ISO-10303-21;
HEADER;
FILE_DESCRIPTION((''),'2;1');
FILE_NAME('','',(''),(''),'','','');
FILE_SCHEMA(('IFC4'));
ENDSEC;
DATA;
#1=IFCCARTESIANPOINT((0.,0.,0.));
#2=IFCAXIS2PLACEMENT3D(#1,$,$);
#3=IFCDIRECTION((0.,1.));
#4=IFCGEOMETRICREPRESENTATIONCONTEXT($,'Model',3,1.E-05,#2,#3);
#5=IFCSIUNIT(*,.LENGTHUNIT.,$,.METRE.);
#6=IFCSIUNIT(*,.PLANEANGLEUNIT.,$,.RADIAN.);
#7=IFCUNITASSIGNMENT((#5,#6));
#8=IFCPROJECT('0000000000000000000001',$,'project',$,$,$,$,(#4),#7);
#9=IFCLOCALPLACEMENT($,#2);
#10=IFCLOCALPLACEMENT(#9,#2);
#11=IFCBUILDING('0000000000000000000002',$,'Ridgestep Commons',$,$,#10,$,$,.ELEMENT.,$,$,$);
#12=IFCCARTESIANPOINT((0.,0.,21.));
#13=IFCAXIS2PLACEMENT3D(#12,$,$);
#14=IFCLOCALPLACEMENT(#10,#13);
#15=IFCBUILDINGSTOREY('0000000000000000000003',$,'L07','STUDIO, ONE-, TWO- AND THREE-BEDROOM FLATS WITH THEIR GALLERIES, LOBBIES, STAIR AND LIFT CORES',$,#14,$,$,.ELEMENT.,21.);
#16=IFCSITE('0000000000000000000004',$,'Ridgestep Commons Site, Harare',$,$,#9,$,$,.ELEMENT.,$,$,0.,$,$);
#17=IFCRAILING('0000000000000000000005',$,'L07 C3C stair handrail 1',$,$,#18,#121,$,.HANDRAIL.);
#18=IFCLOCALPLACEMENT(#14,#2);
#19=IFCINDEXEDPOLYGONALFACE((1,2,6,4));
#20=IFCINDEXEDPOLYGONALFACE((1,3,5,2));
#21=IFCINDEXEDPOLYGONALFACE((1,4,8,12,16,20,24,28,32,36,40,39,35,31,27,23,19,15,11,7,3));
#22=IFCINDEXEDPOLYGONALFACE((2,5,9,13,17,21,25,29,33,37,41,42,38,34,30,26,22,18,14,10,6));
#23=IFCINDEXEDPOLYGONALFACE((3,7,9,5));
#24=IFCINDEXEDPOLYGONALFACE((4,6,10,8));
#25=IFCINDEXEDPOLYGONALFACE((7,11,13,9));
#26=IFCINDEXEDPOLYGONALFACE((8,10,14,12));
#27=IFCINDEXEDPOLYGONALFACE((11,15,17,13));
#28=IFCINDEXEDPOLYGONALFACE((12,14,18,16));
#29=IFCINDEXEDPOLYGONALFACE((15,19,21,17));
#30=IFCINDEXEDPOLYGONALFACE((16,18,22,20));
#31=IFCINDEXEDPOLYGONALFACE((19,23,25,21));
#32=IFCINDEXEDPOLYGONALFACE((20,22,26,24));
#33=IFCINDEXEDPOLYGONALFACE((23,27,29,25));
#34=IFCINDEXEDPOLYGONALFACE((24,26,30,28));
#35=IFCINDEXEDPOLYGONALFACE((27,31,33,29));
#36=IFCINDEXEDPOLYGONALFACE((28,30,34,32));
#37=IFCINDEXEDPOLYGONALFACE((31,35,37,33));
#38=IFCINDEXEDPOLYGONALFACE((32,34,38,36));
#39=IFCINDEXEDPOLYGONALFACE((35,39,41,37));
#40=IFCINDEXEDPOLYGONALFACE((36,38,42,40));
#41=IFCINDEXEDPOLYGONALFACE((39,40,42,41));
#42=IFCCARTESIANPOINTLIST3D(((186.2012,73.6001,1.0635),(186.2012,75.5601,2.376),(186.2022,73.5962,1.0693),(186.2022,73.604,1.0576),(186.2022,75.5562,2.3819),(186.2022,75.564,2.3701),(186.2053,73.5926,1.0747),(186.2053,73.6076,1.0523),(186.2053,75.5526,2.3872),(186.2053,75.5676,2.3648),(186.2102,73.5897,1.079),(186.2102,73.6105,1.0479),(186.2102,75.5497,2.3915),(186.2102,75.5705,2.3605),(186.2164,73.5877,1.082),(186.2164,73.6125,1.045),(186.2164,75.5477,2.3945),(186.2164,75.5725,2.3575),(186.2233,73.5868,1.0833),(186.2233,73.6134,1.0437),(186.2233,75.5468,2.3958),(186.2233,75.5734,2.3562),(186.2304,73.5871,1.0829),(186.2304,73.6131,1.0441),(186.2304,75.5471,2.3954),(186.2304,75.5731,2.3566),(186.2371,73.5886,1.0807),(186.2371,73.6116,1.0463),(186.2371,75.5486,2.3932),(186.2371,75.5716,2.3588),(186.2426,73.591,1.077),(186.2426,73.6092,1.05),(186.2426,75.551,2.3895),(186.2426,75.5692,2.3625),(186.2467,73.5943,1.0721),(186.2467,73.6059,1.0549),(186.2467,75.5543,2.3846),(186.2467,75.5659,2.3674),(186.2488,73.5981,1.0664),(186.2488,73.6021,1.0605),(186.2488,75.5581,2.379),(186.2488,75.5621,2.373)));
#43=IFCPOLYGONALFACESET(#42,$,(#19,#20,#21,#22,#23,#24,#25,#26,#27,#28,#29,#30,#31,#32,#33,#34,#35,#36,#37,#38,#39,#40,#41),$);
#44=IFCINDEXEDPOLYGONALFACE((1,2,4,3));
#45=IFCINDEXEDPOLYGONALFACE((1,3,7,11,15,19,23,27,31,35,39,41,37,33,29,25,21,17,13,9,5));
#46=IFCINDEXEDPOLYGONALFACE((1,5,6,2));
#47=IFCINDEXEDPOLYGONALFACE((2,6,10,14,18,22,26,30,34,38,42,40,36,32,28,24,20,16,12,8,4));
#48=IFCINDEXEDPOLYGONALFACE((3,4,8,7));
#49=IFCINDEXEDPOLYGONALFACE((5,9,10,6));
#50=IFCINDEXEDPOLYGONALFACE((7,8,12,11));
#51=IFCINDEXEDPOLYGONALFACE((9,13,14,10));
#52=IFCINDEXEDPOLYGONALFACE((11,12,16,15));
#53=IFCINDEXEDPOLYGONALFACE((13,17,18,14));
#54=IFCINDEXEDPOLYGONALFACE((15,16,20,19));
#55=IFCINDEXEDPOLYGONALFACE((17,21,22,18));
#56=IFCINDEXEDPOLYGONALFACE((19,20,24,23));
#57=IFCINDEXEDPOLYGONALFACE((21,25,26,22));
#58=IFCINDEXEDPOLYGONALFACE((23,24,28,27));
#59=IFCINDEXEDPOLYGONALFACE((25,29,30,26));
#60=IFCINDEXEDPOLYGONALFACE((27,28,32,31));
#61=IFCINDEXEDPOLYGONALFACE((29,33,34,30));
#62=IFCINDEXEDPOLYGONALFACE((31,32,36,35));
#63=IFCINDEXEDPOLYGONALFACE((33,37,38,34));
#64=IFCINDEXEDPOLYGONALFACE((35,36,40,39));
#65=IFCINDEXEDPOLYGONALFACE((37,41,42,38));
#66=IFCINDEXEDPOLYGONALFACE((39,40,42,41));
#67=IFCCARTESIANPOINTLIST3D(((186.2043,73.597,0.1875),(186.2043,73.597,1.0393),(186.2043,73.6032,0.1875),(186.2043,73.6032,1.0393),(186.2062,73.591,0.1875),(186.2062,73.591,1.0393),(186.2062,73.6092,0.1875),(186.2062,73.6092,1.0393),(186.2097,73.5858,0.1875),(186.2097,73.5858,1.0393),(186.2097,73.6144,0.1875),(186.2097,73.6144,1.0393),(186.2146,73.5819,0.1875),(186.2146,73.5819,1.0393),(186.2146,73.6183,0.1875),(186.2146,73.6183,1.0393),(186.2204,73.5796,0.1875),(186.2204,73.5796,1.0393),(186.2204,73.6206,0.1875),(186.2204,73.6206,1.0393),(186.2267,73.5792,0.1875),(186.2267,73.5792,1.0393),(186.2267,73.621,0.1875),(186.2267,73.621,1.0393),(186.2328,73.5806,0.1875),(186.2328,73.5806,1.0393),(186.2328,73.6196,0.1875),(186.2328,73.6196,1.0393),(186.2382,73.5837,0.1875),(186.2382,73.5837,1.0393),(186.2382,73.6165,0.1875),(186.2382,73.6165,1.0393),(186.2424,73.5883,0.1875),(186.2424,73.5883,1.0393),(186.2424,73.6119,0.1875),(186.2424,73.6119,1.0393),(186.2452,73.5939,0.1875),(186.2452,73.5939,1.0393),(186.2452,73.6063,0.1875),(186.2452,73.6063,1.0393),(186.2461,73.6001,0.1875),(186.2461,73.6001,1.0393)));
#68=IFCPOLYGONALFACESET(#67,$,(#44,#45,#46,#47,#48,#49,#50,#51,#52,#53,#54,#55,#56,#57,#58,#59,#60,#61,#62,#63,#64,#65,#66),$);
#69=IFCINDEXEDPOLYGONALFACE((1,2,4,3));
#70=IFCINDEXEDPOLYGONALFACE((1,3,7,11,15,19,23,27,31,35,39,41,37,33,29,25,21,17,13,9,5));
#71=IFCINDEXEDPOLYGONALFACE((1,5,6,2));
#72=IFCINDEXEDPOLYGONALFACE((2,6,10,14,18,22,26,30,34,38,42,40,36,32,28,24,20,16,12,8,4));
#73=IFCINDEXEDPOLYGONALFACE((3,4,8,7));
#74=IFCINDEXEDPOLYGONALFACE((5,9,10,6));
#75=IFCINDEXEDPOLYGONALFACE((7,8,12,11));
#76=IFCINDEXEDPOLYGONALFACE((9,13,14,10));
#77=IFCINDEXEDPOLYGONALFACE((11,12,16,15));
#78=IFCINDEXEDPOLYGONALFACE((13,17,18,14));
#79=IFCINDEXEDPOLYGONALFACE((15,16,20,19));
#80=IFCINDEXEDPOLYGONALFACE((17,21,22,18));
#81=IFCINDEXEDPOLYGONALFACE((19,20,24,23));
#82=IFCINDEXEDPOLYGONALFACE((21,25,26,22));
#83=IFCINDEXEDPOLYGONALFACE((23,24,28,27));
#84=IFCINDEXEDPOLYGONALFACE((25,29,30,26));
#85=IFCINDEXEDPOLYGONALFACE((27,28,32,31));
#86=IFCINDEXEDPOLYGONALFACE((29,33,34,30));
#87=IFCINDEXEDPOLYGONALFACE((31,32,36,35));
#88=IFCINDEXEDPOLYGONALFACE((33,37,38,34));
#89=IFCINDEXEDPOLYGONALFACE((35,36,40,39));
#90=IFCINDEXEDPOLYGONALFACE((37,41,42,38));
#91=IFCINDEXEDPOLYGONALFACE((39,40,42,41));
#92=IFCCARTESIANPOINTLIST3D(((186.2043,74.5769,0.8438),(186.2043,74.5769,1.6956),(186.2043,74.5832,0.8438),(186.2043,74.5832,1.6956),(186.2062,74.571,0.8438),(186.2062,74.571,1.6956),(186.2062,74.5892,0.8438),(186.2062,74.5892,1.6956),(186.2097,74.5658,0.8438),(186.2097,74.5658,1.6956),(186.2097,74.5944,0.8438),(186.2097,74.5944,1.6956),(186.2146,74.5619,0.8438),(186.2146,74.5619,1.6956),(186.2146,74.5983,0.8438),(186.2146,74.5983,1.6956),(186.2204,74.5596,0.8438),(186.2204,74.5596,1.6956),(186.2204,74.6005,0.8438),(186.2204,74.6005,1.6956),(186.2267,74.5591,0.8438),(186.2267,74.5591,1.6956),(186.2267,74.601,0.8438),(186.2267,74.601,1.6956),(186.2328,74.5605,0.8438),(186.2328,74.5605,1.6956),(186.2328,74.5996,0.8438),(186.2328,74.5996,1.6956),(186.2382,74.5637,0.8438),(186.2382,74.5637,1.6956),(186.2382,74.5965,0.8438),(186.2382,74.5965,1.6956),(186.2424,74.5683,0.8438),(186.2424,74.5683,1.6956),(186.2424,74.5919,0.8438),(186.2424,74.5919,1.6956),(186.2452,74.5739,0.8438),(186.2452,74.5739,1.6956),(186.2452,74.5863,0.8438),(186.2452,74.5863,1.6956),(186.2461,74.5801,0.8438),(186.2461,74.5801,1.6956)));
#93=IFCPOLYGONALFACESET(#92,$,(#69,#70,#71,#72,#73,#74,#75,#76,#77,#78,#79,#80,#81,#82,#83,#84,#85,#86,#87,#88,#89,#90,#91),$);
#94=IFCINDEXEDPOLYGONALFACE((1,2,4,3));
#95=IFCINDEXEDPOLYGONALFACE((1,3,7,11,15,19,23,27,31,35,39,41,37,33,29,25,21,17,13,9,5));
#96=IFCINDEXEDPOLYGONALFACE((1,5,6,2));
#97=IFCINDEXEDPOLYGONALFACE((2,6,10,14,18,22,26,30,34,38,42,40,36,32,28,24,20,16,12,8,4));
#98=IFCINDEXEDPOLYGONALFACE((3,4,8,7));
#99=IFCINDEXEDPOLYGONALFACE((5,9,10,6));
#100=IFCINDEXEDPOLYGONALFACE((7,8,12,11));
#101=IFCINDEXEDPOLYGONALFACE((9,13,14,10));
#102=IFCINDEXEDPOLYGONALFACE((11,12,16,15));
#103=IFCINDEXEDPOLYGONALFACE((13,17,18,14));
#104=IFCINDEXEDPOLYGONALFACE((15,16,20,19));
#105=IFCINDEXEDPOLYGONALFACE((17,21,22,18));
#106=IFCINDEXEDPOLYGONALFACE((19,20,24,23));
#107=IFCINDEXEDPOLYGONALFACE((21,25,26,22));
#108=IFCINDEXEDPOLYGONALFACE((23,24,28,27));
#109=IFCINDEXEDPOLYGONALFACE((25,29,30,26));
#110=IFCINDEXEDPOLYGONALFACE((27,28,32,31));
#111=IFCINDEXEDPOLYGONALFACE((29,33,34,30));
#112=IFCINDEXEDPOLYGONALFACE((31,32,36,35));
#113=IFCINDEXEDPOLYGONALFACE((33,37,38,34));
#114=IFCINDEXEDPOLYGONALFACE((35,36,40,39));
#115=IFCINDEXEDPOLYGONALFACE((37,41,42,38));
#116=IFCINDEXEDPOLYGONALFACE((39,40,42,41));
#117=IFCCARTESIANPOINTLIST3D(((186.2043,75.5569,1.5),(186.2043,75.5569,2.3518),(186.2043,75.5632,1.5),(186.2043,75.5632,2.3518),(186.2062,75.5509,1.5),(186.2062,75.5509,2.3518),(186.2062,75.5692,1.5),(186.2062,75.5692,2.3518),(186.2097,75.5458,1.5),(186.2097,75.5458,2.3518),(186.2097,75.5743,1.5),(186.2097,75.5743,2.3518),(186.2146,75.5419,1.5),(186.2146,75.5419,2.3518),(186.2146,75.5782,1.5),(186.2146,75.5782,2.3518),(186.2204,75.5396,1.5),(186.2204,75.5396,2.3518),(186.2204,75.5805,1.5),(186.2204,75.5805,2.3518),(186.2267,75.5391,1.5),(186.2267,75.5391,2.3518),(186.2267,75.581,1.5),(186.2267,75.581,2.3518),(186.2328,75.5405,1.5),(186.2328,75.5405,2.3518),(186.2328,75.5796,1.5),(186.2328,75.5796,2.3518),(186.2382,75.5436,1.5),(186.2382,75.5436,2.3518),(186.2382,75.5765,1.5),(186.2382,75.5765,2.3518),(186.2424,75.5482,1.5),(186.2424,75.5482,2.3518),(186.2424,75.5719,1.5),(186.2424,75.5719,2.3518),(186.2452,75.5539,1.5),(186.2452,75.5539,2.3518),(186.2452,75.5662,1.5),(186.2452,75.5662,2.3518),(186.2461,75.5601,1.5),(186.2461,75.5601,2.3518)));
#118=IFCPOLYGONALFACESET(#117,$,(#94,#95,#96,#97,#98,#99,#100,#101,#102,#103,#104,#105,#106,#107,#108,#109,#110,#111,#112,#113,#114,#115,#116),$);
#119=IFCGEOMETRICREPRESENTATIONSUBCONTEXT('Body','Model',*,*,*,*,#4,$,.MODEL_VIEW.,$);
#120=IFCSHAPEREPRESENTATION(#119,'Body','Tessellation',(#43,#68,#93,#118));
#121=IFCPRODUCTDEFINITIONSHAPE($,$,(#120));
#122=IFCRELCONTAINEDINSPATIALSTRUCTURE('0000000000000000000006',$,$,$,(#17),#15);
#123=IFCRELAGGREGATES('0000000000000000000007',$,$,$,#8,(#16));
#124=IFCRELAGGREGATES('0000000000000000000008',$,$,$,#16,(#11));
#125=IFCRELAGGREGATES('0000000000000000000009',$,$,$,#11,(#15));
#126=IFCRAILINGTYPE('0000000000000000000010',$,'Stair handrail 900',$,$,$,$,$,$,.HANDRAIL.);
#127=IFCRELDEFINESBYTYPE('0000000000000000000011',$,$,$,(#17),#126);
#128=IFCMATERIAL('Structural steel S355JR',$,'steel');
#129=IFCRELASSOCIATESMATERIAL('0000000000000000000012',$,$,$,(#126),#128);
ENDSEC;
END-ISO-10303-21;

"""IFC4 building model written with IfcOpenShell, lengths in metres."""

from ifc_helpers import new_model, si_unit, direction, frame, origin, origin_2d, place, context, subcontext, project, spatial, circle, extrude, material, type_object, element, save


model = new_model("IFC4")

# Units and contexts
model_context = context("Model", 3, precision=1e-05, world=origin(), true_north=direction((0.0, 1.0)))
body_context = subcontext(model_context, "Body", "Model", "MODEL_VIEW")
ifc_project = project(units=[si_unit("LENGTHUNIT", "METRE"), si_unit("PLANEANGLEUNIT", "RADIAN")], contexts=[model_context])

# Site, building, storey
site_placement = place(None, origin())
site = spatial("IfcSite", under=ifc_project, at=site_placement, Name="Ridgestep Commons Site, Harare", CompositionType="ELEMENT", RefElevation=0.0)
building_placement = place(site_placement, origin())
building = spatial("IfcBuilding", under=site, at=building_placement, Name="Ridgestep Commons", CompositionType="ELEMENT")
storey_placement = place(building_placement, frame((0.0, 0.0, 21.0)))
storey = spatial("IfcBuildingStorey", under=building, at=storey_placement, Name="L07", Description="STUDIO, ONE-, TWO- AND THREE-BEDROOM FLATS WITH THEIR GALLERIES, LOBBIES, STAIR AND LIFT CORES", CompositionType="ELEMENT", Elevation=21.0)

# Railing
ifc_material_1 = material(Name="Structural steel S355JR", Category="steel")
railing_type_1 = type_object("IfcRailingType", Name="Stair handrail 900", PredefinedType="HANDRAIL", material=ifc_material_1)
railing_1_placement = place(storey_placement, frame((186.2251, 73.6001, 0.1875)))
element("IfcRailing", 1, at=railing_1_placement, inside=storey, type_object=railing_type_1, Name="L07 C3C stair handrail 1", PredefinedType="HANDRAIL", context=body_context, shape_type="SweptSolid", body=[
    extrude(circle(Radius=0.0239, at=origin_2d()), frame((0.0, 0.0, 0.876), z_axis=(0.0, 0.830902, 0.556419), x_axis=(-1.0, 0.0, 0.0)), (0.0, 0.0, 1.0), 2.3589),
    extrude(circle(Radius=0.021, at=origin_2d()), origin(), (0.0, 0.0, 1.0), 0.8518),
    extrude(circle(Radius=0.021, at=origin_2d()), frame((0.0, 0.98, 0.6562)), (0.0, 0.0, 1.0), 0.8518),
    extrude(circle(Radius=0.021, at=origin_2d()), frame((0.0, 1.96, 1.3125)), (0.0, 0.0, 1.0), 0.8518),
])

save(model, "model.ifc")
